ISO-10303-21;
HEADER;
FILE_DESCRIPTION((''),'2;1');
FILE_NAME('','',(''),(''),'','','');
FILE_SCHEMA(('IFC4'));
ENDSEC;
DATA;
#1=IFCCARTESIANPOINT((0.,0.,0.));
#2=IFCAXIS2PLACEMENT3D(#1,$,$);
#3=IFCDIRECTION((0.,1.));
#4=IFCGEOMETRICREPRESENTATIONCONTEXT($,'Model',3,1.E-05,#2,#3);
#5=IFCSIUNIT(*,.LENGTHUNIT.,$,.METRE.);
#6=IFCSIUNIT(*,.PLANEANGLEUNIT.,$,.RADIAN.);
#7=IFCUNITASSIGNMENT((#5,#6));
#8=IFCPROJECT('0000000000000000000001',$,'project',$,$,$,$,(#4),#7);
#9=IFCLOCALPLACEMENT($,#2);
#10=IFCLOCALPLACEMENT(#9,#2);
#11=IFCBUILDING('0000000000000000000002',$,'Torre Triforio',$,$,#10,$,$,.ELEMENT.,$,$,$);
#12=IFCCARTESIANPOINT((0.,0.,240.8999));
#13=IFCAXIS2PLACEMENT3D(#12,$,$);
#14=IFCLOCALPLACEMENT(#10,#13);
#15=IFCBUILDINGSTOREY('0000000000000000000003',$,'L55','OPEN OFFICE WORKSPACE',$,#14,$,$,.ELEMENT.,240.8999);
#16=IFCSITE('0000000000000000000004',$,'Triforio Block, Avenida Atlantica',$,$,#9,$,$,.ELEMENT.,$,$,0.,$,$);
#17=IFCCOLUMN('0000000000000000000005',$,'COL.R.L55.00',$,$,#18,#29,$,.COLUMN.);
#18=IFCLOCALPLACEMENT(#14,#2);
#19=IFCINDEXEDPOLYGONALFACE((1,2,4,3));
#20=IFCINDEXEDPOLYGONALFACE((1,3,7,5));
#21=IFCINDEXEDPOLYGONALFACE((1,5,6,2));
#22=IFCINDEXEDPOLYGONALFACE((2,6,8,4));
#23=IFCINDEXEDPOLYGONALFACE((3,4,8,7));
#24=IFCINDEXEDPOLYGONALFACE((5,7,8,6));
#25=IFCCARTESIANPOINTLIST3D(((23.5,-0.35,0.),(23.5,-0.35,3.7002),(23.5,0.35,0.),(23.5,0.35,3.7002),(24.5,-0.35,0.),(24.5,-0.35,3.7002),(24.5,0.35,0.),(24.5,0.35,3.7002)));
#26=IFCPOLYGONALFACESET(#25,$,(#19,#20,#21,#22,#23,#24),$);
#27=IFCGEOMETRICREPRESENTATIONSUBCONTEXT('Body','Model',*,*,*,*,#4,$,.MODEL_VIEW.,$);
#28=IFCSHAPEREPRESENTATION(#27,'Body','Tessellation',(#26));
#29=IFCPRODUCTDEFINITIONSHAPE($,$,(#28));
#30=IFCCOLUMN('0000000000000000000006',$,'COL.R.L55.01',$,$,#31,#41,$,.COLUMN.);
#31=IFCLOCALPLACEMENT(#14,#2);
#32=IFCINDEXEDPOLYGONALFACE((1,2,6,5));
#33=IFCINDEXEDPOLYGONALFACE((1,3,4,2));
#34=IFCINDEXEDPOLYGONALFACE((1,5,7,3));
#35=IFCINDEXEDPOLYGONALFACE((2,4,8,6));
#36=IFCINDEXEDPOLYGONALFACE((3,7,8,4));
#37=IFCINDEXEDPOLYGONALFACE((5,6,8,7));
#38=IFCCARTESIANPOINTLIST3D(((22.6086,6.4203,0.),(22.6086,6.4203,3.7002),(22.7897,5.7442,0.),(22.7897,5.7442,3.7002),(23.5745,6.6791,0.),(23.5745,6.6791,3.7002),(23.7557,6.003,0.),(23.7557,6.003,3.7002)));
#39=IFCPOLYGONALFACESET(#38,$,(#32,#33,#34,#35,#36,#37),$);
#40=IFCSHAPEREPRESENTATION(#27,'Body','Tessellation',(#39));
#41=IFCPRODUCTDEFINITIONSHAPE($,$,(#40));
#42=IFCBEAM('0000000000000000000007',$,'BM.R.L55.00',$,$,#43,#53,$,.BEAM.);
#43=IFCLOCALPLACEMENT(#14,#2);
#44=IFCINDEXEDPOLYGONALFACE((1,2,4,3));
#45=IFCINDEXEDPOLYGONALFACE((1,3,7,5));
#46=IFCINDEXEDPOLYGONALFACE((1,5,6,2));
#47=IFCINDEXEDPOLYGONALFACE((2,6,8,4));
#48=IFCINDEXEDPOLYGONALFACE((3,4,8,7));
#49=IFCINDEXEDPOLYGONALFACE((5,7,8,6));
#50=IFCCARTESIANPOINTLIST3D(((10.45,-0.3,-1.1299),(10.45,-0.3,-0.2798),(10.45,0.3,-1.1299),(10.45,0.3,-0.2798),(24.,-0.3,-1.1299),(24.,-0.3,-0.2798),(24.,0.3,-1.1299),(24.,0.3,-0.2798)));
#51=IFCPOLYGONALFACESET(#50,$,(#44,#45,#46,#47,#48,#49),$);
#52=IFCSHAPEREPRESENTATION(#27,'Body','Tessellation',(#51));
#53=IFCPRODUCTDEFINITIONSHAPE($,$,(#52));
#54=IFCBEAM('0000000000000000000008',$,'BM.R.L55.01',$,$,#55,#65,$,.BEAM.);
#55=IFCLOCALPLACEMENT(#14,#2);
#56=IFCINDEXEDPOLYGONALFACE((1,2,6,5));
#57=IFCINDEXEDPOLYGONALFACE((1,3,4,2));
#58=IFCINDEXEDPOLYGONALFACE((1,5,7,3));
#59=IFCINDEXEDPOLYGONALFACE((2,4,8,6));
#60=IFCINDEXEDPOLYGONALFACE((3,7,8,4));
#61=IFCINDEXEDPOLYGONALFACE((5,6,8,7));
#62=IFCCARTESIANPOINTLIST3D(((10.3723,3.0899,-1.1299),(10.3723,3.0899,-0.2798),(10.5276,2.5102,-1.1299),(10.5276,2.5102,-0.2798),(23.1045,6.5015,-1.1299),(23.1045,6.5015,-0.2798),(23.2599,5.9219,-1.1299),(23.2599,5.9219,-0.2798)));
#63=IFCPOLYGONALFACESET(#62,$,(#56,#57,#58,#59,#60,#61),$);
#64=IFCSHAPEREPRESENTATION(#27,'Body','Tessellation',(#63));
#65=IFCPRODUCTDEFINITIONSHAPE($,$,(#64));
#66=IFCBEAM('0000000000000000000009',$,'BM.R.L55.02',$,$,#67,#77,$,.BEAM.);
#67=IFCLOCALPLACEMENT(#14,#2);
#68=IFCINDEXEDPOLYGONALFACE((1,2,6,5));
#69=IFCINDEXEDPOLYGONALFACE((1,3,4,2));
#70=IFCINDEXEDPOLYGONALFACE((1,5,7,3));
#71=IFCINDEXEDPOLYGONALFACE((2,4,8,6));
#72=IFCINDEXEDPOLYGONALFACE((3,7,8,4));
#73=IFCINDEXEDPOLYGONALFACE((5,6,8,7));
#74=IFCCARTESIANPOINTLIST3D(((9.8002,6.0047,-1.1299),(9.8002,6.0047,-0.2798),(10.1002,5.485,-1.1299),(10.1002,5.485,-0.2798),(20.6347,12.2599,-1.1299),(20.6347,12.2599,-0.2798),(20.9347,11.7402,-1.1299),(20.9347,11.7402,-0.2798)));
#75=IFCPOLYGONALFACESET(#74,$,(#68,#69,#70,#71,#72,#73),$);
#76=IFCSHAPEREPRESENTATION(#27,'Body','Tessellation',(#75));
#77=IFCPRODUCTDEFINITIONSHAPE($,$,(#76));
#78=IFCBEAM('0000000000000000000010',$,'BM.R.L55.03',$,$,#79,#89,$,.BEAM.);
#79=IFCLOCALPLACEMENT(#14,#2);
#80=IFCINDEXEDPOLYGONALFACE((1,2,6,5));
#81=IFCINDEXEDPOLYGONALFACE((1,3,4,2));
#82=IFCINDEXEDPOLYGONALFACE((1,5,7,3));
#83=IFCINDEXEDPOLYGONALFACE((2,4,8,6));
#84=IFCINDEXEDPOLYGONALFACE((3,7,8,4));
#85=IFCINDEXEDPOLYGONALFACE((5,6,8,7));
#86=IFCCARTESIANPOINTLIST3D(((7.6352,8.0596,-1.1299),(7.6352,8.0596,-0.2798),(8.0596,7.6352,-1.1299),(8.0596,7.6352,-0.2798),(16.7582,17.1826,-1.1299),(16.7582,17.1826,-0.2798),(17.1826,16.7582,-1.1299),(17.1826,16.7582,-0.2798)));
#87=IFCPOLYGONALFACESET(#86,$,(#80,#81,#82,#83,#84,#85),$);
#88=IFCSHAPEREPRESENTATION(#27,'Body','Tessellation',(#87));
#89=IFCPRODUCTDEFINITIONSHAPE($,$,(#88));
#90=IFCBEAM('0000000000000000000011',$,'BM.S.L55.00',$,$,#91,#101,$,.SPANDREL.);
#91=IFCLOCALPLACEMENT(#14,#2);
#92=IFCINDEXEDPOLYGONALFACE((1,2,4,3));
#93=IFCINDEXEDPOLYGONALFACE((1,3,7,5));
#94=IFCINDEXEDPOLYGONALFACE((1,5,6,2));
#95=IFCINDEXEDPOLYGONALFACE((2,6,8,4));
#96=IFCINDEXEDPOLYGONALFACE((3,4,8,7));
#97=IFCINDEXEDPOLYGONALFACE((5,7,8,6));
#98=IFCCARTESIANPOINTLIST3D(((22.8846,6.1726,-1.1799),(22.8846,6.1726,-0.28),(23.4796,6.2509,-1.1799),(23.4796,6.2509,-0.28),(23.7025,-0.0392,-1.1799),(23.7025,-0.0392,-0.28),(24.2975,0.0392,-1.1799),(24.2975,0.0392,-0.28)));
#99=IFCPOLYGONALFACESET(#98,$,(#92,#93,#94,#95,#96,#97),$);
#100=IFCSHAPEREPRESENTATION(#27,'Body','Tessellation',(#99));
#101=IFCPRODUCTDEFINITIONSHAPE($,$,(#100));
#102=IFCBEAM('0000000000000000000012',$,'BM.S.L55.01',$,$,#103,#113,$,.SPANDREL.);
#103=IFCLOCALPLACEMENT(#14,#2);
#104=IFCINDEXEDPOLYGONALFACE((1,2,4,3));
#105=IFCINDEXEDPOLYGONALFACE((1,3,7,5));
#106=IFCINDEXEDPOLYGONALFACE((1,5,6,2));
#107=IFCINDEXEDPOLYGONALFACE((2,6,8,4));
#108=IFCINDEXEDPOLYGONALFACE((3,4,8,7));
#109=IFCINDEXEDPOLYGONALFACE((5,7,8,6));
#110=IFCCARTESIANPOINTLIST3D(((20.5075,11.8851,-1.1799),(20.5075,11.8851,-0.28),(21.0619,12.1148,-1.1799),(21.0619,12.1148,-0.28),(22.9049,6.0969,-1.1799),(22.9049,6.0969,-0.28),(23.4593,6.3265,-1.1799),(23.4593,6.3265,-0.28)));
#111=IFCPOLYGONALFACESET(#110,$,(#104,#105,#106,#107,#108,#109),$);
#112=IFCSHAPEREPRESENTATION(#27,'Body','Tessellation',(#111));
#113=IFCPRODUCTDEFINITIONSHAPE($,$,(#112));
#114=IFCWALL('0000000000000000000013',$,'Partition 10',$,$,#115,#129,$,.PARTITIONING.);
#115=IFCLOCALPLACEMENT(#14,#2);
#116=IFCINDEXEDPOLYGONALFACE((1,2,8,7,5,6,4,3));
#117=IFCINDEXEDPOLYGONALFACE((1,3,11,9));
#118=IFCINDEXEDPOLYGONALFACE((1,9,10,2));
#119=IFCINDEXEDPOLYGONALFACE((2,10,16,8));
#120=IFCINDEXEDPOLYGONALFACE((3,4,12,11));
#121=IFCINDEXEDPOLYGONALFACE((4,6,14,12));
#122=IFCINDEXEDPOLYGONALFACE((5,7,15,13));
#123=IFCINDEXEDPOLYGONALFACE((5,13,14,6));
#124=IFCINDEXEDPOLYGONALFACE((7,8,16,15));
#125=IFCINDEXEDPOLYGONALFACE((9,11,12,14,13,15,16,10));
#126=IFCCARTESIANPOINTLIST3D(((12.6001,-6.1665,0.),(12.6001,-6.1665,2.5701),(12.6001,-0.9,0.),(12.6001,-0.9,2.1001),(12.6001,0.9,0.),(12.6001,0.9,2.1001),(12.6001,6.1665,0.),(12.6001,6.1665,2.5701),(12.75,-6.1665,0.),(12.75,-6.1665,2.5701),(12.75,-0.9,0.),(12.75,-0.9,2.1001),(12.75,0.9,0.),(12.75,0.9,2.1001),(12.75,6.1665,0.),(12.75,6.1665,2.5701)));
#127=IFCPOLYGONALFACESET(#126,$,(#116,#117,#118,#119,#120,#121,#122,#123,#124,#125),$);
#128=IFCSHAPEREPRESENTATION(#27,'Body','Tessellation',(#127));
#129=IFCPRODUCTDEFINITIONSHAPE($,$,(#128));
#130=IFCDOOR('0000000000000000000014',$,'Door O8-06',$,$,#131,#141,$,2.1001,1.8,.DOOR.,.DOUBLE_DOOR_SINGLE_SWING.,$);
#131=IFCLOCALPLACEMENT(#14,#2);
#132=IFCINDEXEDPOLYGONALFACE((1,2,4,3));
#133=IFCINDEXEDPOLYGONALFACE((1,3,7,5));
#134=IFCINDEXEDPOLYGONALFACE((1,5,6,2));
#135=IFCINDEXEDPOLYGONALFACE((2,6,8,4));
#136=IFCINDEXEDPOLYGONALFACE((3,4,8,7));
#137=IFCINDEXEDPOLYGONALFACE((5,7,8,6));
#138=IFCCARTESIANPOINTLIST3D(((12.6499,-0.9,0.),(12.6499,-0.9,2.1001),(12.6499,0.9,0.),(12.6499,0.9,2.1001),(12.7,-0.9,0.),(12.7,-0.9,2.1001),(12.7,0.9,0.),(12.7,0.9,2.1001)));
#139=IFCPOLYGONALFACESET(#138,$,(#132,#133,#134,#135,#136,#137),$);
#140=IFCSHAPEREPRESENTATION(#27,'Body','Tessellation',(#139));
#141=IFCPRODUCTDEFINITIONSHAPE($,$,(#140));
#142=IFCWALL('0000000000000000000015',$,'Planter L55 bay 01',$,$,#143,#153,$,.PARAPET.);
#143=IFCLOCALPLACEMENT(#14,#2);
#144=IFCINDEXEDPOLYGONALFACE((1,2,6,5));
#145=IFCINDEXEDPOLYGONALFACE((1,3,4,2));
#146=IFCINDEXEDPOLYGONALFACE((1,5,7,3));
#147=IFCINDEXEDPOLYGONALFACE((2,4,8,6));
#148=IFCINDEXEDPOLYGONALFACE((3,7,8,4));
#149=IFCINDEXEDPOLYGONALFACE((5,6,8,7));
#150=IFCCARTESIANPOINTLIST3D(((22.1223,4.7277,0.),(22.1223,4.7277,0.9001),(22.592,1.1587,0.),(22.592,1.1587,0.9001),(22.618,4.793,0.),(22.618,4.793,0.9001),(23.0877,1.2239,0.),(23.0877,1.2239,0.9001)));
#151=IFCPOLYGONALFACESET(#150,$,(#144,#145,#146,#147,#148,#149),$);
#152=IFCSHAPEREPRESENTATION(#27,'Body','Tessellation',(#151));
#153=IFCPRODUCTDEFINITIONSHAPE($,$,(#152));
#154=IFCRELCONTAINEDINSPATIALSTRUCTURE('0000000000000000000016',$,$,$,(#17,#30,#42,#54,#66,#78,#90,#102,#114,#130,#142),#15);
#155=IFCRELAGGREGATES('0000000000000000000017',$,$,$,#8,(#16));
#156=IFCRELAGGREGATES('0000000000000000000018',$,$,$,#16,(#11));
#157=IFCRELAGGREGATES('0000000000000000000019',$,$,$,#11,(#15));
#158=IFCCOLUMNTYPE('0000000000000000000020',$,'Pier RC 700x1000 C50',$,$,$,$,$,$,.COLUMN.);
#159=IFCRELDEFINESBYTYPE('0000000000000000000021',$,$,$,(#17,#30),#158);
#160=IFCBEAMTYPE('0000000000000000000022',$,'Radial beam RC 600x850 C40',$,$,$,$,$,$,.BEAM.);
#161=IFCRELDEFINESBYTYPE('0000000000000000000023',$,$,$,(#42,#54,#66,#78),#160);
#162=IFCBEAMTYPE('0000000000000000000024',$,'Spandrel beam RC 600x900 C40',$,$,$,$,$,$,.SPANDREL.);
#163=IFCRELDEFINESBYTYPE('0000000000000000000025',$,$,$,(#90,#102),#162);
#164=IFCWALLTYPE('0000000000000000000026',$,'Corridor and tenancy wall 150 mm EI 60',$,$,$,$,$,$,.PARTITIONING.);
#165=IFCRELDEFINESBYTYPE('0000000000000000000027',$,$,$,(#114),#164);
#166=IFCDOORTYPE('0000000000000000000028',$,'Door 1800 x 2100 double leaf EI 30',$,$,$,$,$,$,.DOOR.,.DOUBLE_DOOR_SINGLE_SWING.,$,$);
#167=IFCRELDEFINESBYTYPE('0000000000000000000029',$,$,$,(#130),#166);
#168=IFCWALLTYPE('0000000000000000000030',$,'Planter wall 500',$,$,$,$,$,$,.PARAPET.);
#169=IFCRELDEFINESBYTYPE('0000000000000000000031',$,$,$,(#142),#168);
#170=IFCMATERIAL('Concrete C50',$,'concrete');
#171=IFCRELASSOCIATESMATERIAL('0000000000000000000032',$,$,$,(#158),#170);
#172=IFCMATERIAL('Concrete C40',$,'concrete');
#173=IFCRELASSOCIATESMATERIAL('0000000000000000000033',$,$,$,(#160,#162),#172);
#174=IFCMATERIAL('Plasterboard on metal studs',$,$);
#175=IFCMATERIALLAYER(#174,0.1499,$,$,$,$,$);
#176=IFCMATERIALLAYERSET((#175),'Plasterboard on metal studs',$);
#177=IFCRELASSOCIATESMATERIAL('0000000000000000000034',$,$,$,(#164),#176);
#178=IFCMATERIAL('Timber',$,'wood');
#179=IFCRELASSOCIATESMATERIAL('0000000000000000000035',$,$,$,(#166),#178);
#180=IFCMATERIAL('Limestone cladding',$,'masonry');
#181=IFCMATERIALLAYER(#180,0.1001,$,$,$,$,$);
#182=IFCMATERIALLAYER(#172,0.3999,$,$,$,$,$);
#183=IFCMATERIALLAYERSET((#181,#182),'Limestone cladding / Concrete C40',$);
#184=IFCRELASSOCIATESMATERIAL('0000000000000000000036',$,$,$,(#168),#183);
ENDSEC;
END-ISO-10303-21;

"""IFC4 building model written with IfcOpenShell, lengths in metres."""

from ifc_helpers import new_model, si_unit, direction, frame, frame_2d, origin, origin_2d, place, context, subcontext, project, spatial, rectangle, extrude, material, layer, layer_set, material_profile, profile_set, type_object, element, fill, save


model = new_model("IFC4")

# Units and contexts
model_context = context("Model", 3, precision=1e-05, world=origin(), true_north=direction((0.0, 1.0)))
body_context = subcontext(model_context, "Body", "Model", "MODEL_VIEW")
ifc_project = project(units=[si_unit("LENGTHUNIT", "METRE"), si_unit("PLANEANGLEUNIT", "RADIAN")], contexts=[model_context])

# Site, building, storey
site_placement = place(None, origin())
site = spatial("IfcSite", under=ifc_project, at=site_placement, Name="Triforio Block, Avenida Atlantica", CompositionType="ELEMENT", RefElevation=0.0)
building_placement = place(site_placement, origin())
building = spatial("IfcBuilding", under=site, at=building_placement, Name="Torre Triforio", CompositionType="ELEMENT")
storey_placement = place(building_placement, frame((0.0, 0.0, 240.8999)))
storey = spatial("IfcBuildingStorey", under=building, at=storey_placement, Name="L55", Description="OPEN OFFICE WORKSPACE", CompositionType="ELEMENT", Elevation=240.8999)

# Columns
ifc_material_1 = material(Name="Concrete C50", Category="concrete")
ifc_material_profile_1 = material_profile(ifc_material_1, rectangle(XDim=0.7, YDim=1.0, at=origin_2d()), Name="RC 700x1000")
ifc_profile_set_1 = profile_set([ifc_material_profile_1], Name="Concrete C50")
column_type = type_object("IfcColumnType", Name="Pier RC 700x1000 C50", PredefinedType="COLUMN", material=ifc_profile_set_1)
for number, where, z_axis, x_axis, name in (
    (1, (24.0, 0.0, 0.0), (0.0, 0.0, 1.0), (0.0, 1.0, 0.0), "COL.R.L55.00"),
    (2, (23.1821, 6.2117, 0.0), (0.0, 0.0, 1.0), (-0.258819, 0.965926, 0.0), "COL.R.L55.01"),
):
    element("IfcColumn", number, at=place(storey_placement, frame(where, z_axis=z_axis, x_axis=x_axis)), inside=storey, type_object=column_type, Name=name, PredefinedType="COLUMN", context=body_context, shape_type="SweptSolid", body=[
        extrude(rectangle(XDim=0.7, YDim=1.0, at=origin_2d()), origin(), (0.0, 0.0, 1.0), 3.7002),
    ])

# Beams
ifc_material_2 = material(Name="Concrete C40", Category="concrete")
ifc_material_profile_2 = material_profile(ifc_material_2, rectangle(XDim=0.6001, YDim=0.8501, at=origin_2d()), Name="RC 600x850")
ifc_profile_set_2 = profile_set([ifc_material_profile_2], Name="Concrete C40")
beam_type_1 = type_object("IfcBeamType", Name="Radial beam RC 600x850 C40", PredefinedType="BEAM", material=ifc_profile_set_2)
beam_1_placement = place(storey_placement, frame((10.45, 0.0, -0.7048), z_axis=(1.0, 0.0, 0.0), x_axis=(0.0, 1.0, 0.0)))
element("IfcBeam", 3, at=beam_1_placement, inside=storey, type_object=beam_type_1, Name="BM.R.L55.00", PredefinedType="BEAM", context=body_context, shape_type="SweptSolid", body=[
    extrude(rectangle(XDim=0.6001, YDim=0.8501, at=origin_2d()), origin(), (0.0, 0.0, 1.0), 13.55),
])
beam_2_placement = place(storey_placement, frame((10.45, 2.8, -0.7048), z_axis=(0.965925, 0.258822, 0.0), x_axis=(-0.258822, 0.965925, 0.0)))
element("IfcBeam", 4, at=beam_2_placement, inside=storey, type_object=beam_type_1, Name="BM.R.L55.01", PredefinedType="BEAM", context=body_context, shape_type="SweptSolid", body=[
    extrude(rectangle(XDim=0.6001, YDim=0.8501, at=origin_2d()), origin(), (0.0, 0.0, 1.0), 13.1814),
])
beam_3_placement = place(storey_placement, frame((9.9502, 5.7449, -0.7048), z_axis=(0.866031, 0.49999, 0.0), x_axis=(-0.49999, 0.866031, 0.0)))
element("IfcBeam", 5, at=beam_3_placement, inside=storey, type_object=beam_type_1, Name="BM.R.L55.02", PredefinedType="BEAM", context=body_context, shape_type="SweptSolid", body=[
    extrude(rectangle(XDim=0.6001, YDim=0.8501, at=origin_2d()), origin(), (0.0, 0.0, 1.0), 12.5105),
])
beam_4_placement = place(storey_placement, frame((7.8474, 7.8474, -0.7048), z_axis=(0.707107, 0.707107, 0.0), x_axis=(-0.707107, 0.707107, 0.0)))
element("IfcBeam", 6, at=beam_4_placement, inside=storey, type_object=beam_type_1, Name="BM.R.L55.03", PredefinedType="BEAM", context=body_context, shape_type="SweptSolid", body=[
    extrude(rectangle(XDim=0.6001, YDim=0.8501, at=origin_2d()), origin(), (0.0, 0.0, 1.0), 12.9019),
])
ifc_material_profile_3 = material_profile(ifc_material_2, rectangle(XDim=0.6001, YDim=0.8999, at=origin_2d()), Name="RC 600x900")
ifc_profile_set_3 = profile_set([ifc_material_profile_3], Name="Concrete C40")
beam_type_2 = type_object("IfcBeamType", Name="Spandrel beam RC 600x900 C40", PredefinedType="SPANDREL", material=ifc_profile_set_3)
beam_5_placement = place(storey_placement, frame((24.0, 0.0, -0.73), z_axis=(-0.13054, 0.991443, 0.0), x_axis=(-0.991443, -0.13054, 0.0)))
element("IfcBeam", 7, at=beam_5_placement, inside=storey, type_object=beam_type_2, Name="BM.S.L55.00", PredefinedType="SPANDREL", context=body_context, shape_type="SweptSolid", body=[
    extrude(rectangle(XDim=0.6001, YDim=0.8999, at=origin_2d()), origin(), (0.0, 0.0, 1.0), 6.2654),
])
beam_6_placement = place(storey_placement, frame((23.1821, 6.2117, -0.73), z_axis=(-0.382664, 0.923888, 0.0), x_axis=(-0.923888, -0.382664, 0.0)))
element("IfcBeam", 8, at=beam_6_placement, inside=storey, type_object=beam_type_2, Name="BM.S.L55.01", PredefinedType="SPANDREL", context=body_context, shape_type="SweptSolid", body=[
    extrude(rectangle(XDim=0.6001, YDim=0.8999, at=origin_2d()), origin(), (0.0, 0.0, 1.0), 6.2651),
])

# Wall, opening, door
ifc_material_3 = material(Name="Plasterboard on metal studs")
ifc_layer_1 = layer(ifc_material_3, 0.1499)
ifc_layer_set_1 = layer_set([ifc_layer_1], Name="Plasterboard on metal studs")
wall_type_1 = type_object("IfcWallType", Name="Corridor and tenancy wall 150 mm EI 60", PredefinedType="PARTITIONING", material=ifc_layer_set_1)
wall_1_placement = place(storey_placement, frame((12.675, 6.1665, 0.0), z_axis=(0.0, 0.0, 1.0), x_axis=(0.0, -1.0, 0.0)))
wall_1 = element("IfcWall", 9, at=wall_1_placement, inside=storey, type_object=wall_type_1, Name="Partition 10", PredefinedType="PARTITIONING", context=body_context, shape_type="SweptSolid", body=[
    extrude(rectangle(XDim=12.333, YDim=0.1499, at=frame_2d((6.1665, 0.0))), origin(), (0.0, 0.0, 1.0), 2.5701),
])
opening_1_placement = place(wall_1_placement, frame((5.2666, 0.0, 0.0)))
opening_1 = element("IfcOpeningElement", 10, at=opening_1_placement, cuts=wall_1, PredefinedType="OPENING", context=body_context, shape_type="SweptSolid", body=[
    extrude(rectangle(XDim=1.8, YDim=2.1001, at=frame_2d((0.8999, 1.05))), frame((0.0, 0.085, 0.0), z_axis=(0.0, -1.0, 0.0), x_axis=(1.0, 0.0, 0.0)), (0.0, 0.0, 1.0), 0.1699),
])
ifc_material_4 = material(Name="Timber", Category="wood")
door_type_1 = type_object("IfcDoorType", Name="Door 1800 x 2100 double leaf EI 30", OperationType="DOUBLE_DOOR_SINGLE_SWING", PredefinedType="DOOR", material=ifc_material_4)
door_1_placement = place(opening_1_placement, origin())
door_1 = element("IfcDoor", 11, at=door_1_placement, inside=storey, type_object=door_type_1, Name="Door O8-06", OperationType="DOUBLE_DOOR_SINGLE_SWING", OverallHeight=2.1001, OverallWidth=1.8, PredefinedType="DOOR", context=body_context, shape_type="SweptSolid", body=[
    extrude(rectangle(XDim=1.8, YDim=2.1001, at=frame_2d((0.8999, 1.05))), frame((0.0, 0.0249, 0.0), z_axis=(0.0, -1.0, 0.0), x_axis=(1.0, 0.0, 0.0)), (0.0, 0.0, 1.0), 0.05),
])
fill(opening_1, door_1)

# Wall
ifc_material_5 = material(Name="Limestone cladding", Category="masonry")
ifc_layer_2 = layer(ifc_material_5, 0.1001)
ifc_layer_3 = layer(ifc_material_2, 0.3999)
ifc_layer_set_2 = layer_set([ifc_layer_2, ifc_layer_3], Name="Limestone cladding / Concrete C40")
wall_type_2 = type_object("IfcWallType", Name="Planter wall 500", PredefinedType="PARAPET", material=ifc_layer_set_2)
wall_2_placement = place(storey_placement, frame((22.8398, 1.1914, 0.0), z_axis=(0.0, 0.0, 1.0), x_axis=(-0.130484, 0.99145, 0.0)))
element("IfcWall", 12, at=wall_2_placement, inside=storey, type_object=wall_type_2, Name="Planter L55 bay 01", PredefinedType="PARAPET", context=body_context, shape_type="SweptSolid", body=[
    extrude(rectangle(XDim=3.5999, YDim=0.5, at=frame_2d((1.7998, 0.0))), origin(), (0.0, 0.0, 1.0), 0.9001),
])

save(model, "model.ifc")
